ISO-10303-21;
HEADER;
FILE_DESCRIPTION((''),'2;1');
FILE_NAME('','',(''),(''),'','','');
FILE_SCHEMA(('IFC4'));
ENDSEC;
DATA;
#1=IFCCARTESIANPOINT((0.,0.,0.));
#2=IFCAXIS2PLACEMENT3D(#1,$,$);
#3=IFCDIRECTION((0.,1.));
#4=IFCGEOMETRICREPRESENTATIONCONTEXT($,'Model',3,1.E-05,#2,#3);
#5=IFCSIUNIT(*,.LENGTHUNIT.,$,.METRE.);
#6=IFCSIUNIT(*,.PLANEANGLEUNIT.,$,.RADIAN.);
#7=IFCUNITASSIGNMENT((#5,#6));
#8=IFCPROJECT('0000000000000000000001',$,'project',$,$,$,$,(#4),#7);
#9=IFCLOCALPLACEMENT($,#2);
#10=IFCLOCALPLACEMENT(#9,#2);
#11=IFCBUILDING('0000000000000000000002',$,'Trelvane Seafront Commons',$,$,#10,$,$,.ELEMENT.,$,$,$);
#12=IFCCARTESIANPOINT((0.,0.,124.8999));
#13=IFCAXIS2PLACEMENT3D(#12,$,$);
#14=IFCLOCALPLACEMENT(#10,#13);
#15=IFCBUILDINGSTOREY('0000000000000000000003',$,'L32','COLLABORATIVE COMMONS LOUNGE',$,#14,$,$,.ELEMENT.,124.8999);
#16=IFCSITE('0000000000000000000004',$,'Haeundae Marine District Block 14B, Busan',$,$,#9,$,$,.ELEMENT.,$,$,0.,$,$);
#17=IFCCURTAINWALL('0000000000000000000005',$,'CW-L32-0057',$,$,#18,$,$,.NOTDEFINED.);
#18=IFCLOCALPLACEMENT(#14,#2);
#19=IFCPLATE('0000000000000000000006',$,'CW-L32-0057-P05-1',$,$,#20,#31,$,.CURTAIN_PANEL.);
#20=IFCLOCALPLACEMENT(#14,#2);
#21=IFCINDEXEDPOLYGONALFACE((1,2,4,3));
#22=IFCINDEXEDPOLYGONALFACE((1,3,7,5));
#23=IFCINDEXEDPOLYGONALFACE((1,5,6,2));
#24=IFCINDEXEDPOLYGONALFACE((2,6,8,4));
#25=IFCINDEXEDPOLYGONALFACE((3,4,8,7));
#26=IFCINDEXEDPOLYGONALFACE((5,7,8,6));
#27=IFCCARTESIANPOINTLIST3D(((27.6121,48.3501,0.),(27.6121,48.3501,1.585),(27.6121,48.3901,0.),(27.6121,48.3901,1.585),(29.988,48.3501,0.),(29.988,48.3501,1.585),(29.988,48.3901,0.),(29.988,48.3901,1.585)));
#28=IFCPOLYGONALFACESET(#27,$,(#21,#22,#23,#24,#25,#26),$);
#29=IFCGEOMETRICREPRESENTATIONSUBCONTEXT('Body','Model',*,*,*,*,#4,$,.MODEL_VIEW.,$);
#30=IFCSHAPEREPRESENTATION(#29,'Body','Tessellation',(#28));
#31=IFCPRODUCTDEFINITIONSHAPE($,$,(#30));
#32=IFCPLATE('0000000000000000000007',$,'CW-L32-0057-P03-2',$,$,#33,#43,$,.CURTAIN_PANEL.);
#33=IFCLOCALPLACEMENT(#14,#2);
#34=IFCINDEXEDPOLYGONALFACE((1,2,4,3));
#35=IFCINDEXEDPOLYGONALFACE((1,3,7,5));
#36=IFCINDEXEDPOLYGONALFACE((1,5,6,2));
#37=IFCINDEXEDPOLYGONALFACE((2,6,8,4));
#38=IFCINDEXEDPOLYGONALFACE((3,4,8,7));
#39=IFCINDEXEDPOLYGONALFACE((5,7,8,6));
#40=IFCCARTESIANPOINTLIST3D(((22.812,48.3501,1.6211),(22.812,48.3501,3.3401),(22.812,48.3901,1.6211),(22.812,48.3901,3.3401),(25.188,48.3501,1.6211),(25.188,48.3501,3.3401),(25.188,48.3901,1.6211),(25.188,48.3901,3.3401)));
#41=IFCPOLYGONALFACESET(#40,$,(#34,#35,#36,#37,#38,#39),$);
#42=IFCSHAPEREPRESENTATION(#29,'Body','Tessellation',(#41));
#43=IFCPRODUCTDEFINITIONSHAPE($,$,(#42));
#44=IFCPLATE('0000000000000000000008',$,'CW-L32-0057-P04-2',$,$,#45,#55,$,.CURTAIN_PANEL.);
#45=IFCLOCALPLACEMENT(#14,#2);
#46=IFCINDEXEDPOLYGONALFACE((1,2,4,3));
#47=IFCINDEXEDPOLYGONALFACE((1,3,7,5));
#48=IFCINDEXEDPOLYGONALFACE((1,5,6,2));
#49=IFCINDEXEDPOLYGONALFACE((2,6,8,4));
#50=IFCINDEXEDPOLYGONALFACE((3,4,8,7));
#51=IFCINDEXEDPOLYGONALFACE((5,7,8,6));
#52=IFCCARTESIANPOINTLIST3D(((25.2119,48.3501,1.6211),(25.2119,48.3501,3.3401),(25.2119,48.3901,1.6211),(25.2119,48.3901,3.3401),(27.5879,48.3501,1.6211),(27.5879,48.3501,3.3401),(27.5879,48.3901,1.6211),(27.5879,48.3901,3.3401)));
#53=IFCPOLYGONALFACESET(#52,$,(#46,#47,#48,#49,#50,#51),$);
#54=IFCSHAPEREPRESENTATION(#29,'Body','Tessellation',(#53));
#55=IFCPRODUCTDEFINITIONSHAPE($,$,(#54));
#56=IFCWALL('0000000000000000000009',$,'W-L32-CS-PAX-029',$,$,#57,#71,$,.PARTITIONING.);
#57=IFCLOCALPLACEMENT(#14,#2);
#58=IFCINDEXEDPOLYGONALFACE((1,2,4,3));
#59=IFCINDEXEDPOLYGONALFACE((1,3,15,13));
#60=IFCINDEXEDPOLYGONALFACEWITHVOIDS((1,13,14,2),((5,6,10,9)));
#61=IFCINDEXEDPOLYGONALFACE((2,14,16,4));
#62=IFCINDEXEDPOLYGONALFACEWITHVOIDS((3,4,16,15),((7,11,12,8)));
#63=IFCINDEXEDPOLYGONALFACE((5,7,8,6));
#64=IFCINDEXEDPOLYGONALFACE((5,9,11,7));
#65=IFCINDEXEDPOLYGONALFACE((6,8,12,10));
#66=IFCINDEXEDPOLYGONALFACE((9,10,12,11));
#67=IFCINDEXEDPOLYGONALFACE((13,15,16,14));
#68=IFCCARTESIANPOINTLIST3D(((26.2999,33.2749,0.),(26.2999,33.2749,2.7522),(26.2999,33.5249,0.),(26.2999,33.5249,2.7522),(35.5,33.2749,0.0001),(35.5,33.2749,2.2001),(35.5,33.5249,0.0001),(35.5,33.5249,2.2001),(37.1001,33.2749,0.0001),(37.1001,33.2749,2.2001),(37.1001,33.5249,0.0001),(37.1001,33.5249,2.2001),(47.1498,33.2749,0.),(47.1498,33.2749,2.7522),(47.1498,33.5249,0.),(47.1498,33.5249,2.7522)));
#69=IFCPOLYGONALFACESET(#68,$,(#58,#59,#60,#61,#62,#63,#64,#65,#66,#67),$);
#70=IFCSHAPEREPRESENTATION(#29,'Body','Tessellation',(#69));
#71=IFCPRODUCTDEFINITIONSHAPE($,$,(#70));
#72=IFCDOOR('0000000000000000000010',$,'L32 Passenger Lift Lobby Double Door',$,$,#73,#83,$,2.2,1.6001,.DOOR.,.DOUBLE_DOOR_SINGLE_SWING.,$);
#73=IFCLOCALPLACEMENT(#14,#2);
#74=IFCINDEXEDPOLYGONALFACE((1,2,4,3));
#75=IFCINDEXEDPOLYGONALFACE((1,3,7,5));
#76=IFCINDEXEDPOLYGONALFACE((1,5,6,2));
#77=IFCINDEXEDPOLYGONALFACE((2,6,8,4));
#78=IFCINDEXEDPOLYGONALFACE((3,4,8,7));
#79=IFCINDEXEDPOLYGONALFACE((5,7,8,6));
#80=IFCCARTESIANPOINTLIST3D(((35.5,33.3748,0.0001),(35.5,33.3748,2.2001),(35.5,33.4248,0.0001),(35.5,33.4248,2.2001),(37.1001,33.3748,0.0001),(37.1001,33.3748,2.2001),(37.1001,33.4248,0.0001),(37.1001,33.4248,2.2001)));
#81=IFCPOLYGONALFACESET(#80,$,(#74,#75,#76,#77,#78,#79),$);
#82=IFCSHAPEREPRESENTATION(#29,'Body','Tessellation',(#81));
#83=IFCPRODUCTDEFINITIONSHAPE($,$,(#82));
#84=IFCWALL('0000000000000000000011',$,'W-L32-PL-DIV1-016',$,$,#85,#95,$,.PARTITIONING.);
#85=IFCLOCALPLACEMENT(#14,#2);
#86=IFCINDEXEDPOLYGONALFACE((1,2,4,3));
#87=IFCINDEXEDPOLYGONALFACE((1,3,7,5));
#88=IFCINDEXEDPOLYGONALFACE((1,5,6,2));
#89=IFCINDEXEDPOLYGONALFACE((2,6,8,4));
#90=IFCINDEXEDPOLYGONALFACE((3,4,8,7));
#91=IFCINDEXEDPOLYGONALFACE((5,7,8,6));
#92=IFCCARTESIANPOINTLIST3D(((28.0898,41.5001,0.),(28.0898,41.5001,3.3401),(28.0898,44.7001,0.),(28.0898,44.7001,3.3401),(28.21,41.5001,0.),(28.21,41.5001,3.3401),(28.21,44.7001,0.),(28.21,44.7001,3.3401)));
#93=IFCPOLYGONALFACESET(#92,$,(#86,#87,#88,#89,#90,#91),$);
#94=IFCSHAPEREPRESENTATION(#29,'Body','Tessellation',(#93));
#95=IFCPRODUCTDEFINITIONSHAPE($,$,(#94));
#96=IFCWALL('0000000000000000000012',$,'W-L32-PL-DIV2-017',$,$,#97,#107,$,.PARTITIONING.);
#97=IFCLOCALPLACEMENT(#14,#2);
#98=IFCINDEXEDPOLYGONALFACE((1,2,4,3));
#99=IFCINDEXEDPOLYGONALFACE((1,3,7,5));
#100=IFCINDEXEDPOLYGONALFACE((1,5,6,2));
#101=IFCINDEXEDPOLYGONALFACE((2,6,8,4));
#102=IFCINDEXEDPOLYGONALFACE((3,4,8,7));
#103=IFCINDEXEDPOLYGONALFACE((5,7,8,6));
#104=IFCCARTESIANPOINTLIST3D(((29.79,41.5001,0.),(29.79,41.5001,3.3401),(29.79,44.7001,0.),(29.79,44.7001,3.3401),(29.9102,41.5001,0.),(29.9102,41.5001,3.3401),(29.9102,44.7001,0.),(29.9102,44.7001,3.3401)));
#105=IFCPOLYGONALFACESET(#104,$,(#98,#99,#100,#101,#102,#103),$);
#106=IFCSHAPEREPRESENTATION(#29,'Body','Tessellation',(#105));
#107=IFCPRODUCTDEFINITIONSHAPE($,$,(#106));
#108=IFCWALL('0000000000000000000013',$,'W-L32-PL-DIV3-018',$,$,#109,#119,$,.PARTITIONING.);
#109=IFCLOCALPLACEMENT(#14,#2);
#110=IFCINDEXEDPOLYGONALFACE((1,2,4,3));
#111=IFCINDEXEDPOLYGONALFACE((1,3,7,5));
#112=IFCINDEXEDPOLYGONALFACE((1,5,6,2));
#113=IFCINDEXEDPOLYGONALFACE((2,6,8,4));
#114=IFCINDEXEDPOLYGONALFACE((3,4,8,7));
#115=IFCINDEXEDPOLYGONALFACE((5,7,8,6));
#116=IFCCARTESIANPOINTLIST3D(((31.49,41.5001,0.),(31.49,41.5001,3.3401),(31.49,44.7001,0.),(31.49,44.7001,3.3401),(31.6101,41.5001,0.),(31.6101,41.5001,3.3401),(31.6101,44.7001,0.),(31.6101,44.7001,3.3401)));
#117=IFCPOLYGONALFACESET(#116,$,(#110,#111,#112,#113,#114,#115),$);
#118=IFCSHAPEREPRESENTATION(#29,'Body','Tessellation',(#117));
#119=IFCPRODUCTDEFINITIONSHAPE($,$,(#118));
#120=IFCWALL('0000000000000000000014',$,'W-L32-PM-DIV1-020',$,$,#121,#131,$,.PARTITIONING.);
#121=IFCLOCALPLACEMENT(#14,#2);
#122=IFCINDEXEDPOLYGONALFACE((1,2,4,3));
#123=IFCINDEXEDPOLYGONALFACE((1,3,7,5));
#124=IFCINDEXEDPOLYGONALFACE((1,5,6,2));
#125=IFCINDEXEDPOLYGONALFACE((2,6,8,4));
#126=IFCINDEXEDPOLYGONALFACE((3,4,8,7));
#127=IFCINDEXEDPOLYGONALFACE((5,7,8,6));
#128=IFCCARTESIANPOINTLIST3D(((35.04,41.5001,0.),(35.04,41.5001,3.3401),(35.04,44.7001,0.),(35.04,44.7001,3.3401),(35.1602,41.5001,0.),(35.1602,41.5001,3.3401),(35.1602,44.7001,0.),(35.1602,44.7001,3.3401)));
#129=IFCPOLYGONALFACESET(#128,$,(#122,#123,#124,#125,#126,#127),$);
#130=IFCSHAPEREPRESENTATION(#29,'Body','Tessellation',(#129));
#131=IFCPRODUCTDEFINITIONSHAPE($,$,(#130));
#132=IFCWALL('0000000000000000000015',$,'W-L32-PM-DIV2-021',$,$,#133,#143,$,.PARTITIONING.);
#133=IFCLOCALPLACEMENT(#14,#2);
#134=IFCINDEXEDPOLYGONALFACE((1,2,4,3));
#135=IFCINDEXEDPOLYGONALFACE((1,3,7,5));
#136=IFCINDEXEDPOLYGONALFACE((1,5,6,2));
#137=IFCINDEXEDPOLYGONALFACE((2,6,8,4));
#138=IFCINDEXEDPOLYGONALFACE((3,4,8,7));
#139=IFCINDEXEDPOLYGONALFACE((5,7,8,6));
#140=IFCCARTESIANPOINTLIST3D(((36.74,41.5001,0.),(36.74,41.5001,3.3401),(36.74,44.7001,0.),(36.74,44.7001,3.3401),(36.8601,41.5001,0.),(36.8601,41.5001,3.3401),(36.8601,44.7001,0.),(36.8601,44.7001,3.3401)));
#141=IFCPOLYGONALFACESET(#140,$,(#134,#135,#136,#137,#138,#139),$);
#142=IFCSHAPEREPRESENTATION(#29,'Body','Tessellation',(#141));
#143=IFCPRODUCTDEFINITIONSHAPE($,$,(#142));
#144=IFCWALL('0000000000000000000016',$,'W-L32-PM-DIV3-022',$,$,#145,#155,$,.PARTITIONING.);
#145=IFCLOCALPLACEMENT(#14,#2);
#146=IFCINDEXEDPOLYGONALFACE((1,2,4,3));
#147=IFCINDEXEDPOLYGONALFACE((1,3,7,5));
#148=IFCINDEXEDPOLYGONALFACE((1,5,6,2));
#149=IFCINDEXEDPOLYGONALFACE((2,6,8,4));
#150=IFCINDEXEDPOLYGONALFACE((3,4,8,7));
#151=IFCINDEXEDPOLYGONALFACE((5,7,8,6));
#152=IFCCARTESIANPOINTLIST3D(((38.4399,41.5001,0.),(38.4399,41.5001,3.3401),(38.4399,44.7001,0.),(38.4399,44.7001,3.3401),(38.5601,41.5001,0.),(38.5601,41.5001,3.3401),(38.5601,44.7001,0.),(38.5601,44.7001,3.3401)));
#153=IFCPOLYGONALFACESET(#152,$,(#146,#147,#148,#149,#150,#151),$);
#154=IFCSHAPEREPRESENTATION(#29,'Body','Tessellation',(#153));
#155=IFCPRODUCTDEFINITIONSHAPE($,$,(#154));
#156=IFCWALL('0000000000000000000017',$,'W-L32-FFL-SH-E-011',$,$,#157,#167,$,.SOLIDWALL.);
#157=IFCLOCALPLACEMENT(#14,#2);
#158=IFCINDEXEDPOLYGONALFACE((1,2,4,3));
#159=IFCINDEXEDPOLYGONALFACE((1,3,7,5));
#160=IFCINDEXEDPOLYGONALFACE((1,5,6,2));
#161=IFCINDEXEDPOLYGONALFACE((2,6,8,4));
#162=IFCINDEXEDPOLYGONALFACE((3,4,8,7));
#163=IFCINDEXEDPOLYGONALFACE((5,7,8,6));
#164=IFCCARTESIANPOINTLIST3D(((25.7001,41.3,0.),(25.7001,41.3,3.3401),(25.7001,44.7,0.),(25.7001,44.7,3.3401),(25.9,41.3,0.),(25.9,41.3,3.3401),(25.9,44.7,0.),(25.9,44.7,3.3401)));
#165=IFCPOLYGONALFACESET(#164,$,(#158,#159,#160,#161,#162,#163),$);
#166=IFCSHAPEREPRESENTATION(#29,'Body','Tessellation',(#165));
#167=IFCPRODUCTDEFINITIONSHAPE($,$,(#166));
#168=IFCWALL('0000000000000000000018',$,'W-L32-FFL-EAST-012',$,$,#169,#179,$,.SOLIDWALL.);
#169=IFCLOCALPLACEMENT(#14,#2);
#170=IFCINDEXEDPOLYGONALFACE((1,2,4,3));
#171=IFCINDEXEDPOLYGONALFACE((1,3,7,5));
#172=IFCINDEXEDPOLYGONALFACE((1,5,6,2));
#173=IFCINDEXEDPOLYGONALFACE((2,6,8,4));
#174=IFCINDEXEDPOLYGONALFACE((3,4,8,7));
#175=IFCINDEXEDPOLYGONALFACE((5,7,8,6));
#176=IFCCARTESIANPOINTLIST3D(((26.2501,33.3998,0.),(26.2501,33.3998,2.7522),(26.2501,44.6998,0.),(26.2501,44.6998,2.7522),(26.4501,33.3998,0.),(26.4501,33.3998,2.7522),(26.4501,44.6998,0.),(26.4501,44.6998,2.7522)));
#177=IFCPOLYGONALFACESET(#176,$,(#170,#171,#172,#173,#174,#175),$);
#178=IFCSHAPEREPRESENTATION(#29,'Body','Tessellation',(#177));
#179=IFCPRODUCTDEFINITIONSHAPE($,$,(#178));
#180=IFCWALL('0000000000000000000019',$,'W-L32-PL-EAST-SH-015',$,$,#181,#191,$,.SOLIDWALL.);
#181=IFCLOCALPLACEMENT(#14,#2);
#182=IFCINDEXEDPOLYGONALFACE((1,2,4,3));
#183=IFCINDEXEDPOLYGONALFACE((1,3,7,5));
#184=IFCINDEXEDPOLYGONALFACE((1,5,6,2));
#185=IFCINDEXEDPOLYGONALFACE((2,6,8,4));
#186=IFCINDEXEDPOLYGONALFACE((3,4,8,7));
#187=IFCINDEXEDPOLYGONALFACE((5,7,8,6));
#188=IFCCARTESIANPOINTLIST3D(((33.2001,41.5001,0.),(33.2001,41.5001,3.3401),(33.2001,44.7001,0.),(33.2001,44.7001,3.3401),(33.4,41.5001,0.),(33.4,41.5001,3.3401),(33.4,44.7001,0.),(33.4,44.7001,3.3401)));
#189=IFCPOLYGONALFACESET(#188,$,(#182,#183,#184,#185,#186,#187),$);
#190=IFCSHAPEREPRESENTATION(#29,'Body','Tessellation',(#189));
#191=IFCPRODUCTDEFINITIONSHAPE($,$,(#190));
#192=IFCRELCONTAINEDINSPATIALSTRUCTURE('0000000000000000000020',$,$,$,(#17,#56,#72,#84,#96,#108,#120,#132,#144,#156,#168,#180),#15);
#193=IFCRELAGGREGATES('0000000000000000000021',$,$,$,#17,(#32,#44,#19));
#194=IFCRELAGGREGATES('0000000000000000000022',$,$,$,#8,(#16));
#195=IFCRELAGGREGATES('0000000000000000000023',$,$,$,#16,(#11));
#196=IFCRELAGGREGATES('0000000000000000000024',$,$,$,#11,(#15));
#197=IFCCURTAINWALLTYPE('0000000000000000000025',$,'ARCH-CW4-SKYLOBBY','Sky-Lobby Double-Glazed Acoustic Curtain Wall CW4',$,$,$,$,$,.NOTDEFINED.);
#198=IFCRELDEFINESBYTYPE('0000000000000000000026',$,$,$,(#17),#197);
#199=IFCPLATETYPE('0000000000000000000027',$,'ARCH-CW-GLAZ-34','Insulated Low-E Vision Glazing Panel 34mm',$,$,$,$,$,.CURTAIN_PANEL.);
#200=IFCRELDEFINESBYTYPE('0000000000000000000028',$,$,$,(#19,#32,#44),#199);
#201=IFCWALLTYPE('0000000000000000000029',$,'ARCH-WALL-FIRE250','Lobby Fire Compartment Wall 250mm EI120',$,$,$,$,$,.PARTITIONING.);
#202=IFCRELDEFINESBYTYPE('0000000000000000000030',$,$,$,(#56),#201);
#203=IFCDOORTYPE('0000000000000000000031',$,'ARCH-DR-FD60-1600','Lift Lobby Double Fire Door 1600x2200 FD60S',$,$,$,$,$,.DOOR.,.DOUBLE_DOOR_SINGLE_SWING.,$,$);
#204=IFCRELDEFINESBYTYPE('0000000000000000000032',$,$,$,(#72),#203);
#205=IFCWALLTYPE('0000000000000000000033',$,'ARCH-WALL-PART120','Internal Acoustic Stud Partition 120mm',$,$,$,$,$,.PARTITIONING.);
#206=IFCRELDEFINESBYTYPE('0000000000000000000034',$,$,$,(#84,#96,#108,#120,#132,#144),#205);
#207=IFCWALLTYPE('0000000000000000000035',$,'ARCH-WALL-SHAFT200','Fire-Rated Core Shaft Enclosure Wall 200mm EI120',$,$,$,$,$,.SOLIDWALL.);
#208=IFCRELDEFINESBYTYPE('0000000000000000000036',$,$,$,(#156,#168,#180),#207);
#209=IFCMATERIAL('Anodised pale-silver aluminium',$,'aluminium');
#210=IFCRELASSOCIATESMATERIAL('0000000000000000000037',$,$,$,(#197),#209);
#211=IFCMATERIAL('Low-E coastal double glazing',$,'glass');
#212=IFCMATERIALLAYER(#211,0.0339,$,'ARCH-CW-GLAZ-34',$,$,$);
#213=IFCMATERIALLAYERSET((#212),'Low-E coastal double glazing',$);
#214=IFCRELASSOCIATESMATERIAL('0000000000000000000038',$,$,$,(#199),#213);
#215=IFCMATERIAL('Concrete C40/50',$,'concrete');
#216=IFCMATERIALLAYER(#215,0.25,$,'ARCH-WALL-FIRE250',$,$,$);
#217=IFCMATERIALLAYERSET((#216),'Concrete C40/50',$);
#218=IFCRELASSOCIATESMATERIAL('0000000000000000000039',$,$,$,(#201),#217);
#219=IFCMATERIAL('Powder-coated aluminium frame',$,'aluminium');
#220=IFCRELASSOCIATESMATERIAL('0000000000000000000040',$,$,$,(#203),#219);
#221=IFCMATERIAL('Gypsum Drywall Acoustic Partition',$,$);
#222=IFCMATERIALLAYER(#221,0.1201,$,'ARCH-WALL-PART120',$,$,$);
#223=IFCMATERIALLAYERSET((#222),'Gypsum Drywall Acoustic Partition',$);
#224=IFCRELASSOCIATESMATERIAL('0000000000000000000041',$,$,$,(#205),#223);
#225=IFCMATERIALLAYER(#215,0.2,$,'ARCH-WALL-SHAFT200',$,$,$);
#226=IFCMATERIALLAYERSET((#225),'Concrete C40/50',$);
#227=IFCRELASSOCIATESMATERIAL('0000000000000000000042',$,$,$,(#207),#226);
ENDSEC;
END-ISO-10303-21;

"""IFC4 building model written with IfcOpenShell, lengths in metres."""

from ifc_helpers import new_model, si_unit, direction, frame, frame_2d, origin, origin_2d, place, context, subcontext, project, spatial, rectangle, extrude, source, transform, mapped, material, layer, layer_set, type_object, element, fill, aggregate, save


model = new_model("IFC4")

# Units and contexts
model_context = context("Model", 3, precision=1e-05, world=origin(), true_north=direction((0.0, 1.0)))
body_context = subcontext(model_context, "Body", "Model", "MODEL_VIEW")
ifc_project = project(units=[si_unit("LENGTHUNIT", "METRE"), si_unit("PLANEANGLEUNIT", "RADIAN")], contexts=[model_context])

# Site, building, storey
site_placement = place(None, origin())
site = spatial("IfcSite", under=ifc_project, at=site_placement, Name="Haeundae Marine District Block 14B, Busan", CompositionType="ELEMENT", RefElevation=0.0)
building_placement = place(site_placement, origin())
building = spatial("IfcBuilding", under=site, at=building_placement, Name="Trelvane Seafront Commons", CompositionType="ELEMENT")
storey_placement = place(building_placement, frame((0.0, 0.0, 124.8999)))
storey = spatial("IfcBuildingStorey", under=building, at=storey_placement, Name="L32", Description="COLLABORATIVE COMMONS LOUNGE", CompositionType="ELEMENT", Elevation=124.8999)

# Curtain wall, plates
ifc_material_1 = material(Name="Anodised pale-silver aluminium", Category="aluminium")
curtain_wall_type = type_object("IfcCurtainWallType", Name="ARCH-CW4-SKYLOBBY", Description="Sky-Lobby Double-Glazed Acoustic Curtain Wall CW4", PredefinedType="NOTDEFINED", material=ifc_material_1)
curtain_wall_placement = place(storey_placement, origin())
curtain_wall = element("IfcCurtainWall", 1, at=curtain_wall_placement, inside=storey, type_object=curtain_wall_type, Name="CW-L32-0057", PredefinedType="NOTDEFINED")
ifc_material_2 = material(Name="Low-E coastal double glazing", Category="glass")
ifc_layer_1 = layer(ifc_material_2, 0.0339, Name="ARCH-CW-GLAZ-34")
ifc_layer_set_1 = layer_set([ifc_layer_1], Name="Low-E coastal double glazing")
plate_type = type_object("IfcPlateType", Name="ARCH-CW-GLAZ-34", Description="Insulated Low-E Vision Glazing Panel 34mm", PredefinedType="CURTAIN_PANEL", material=ifc_layer_set_1)
shared_shape_1 = source(origin(), body_context, "Body", "SweptSolid", [
    extrude(rectangle(XDim=2.376, YDim=0.04, at=origin_2d()), origin(), (0.0, 0.0, 1.0), 1.585),
])
plate_1_placement = place(storey_placement, frame((28.8, 48.3701, 0.0), z_axis=(0.0, 0.0, 1.0), x_axis=(1.0, 0.0, 0.0)))
plate_1 = element("IfcPlate", 2, at=plate_1_placement, type_object=plate_type, Name="CW-L32-0057-P05-1", PredefinedType="CURTAIN_PANEL", context=body_context, shape_type="MappedRepresentation", body=[
    mapped(shared_shape_1, transform((0.0, 0.0, 0.0), x_axis=(1.0, 0.0, 0.0), y_axis=(0.0, 1.0, 0.0), z_axis=(0.0, 0.0, 1.0), scale=1.0)),
])
shared_shape_2 = source(origin(), body_context, "Body", "SweptSolid", [
    extrude(rectangle(XDim=2.376, YDim=0.04, at=origin_2d()), origin(), (0.0, 0.0, 1.0), 1.719),
])
plate_2_placement = place(storey_placement, frame((24.0, 48.3701, 1.6211), z_axis=(0.0, 0.0, 1.0), x_axis=(1.0, 0.0, 0.0)))
plate_2 = element("IfcPlate", 3, at=plate_2_placement, type_object=plate_type, Name="CW-L32-0057-P03-2", PredefinedType="CURTAIN_PANEL", context=body_context, shape_type="MappedRepresentation", body=[
    mapped(shared_shape_2, transform((0.0, 0.0, 0.0), x_axis=(1.0, 0.0, 0.0), y_axis=(0.0, 1.0, 0.0), z_axis=(0.0, 0.0, 1.0), scale=1.0)),
])
plate_3_placement = place(storey_placement, frame((26.3999, 48.3701, 1.6211), z_axis=(0.0, 0.0, 1.0), x_axis=(1.0, 0.0, 0.0)))
plate_3 = element("IfcPlate", 4, at=plate_3_placement, type_object=plate_type, Name="CW-L32-0057-P04-2", PredefinedType="CURTAIN_PANEL", context=body_context, shape_type="MappedRepresentation", body=[
    mapped(shared_shape_2, transform((0.0, 0.0, 0.0), x_axis=(1.0, 0.0, 0.0), y_axis=(0.0, 1.0, 0.0), z_axis=(0.0, 0.0, 1.0), scale=1.0)),
])
aggregate(curtain_wall, [plate_2, plate_3, plate_1])

# Wall, opening, door
ifc_material_3 = material(Name="Concrete C40/50", Category="concrete")
ifc_layer_2 = layer(ifc_material_3, 0.25, Name="ARCH-WALL-FIRE250")
ifc_layer_set_2 = layer_set([ifc_layer_2], Name="Concrete C40/50")
wall_type_1 = type_object("IfcWallType", Name="ARCH-WALL-FIRE250", Description="Lobby Fire Compartment Wall 250mm EI120", PredefinedType="PARTITIONING", material=ifc_layer_set_2)
wall_1_placement = place(storey_placement, frame((26.3, 33.3999, 0.0), z_axis=(0.0, 0.0, 1.0), x_axis=(1.0, 0.0, 0.0)))
wall_1 = element("IfcWall", 5, at=wall_1_placement, inside=storey, type_object=wall_type_1, Name="W-L32-CS-PAX-029", PredefinedType="PARTITIONING", context=body_context, shape_type="SweptSolid", body=[
    extrude(rectangle(XDim=20.8499, YDim=0.25, at=frame_2d((10.4248, 0.0))), origin(), (0.0, 0.0, 1.0), 2.7522),
])
opening_1_placement = place(wall_1_placement, frame((9.2, 0.0, 0.0)))
opening_1 = element("IfcOpeningElement", 6, at=opening_1_placement, cuts=wall_1, PredefinedType="OPENING", context=body_context, shape_type="SweptSolid", body=[
    extrude(rectangle(XDim=1.6001, YDim=2.2, at=frame_2d((0.8, 1.1001))), frame((0.0, 0.135, 0.0), z_axis=(0.0, -1.0, 0.0), x_axis=(1.0, 0.0, 0.0)), (0.0, 0.0, 1.0), 0.27),
])
ifc_material_4 = material(Name="Powder-coated aluminium frame", Category="aluminium")
door_type_1 = type_object("IfcDoorType", Name="ARCH-DR-FD60-1600", Description="Lift Lobby Double Fire Door 1600x2200 FD60S", OperationType="DOUBLE_DOOR_SINGLE_SWING", PredefinedType="DOOR", material=ifc_material_4)
shared_shape_3 = source(origin(), body_context, "Body", "SweptSolid", [
    extrude(rectangle(XDim=1.6001, YDim=2.2, at=frame_2d((0.8, 1.1001))), frame((0.0, 0.0249, 0.0), z_axis=(0.0, -1.0, 0.0), x_axis=(1.0, 0.0, 0.0)), (0.0, 0.0, 1.0), 0.05),
])
door_1_placement = place(opening_1_placement, origin())
door_1 = element("IfcDoor", 7, at=door_1_placement, inside=storey, type_object=door_type_1, Name="L32 Passenger Lift Lobby Double Door", OperationType="DOUBLE_DOOR_SINGLE_SWING", OverallHeight=2.2, OverallWidth=1.6001, PredefinedType="DOOR", context=body_context, shape_type="MappedRepresentation", body=[
    mapped(shared_shape_3, transform((0.0, 0.0, 0.0), x_axis=(1.0, 0.0, 0.0), y_axis=(0.0, 1.0, 0.0), z_axis=(0.0, 0.0, 1.0), scale=1.0)),
])
fill(opening_1, door_1)

# Walls
ifc_material_5 = material(Name="Gypsum Drywall Acoustic Partition")
ifc_layer_3 = layer(ifc_material_5, 0.1201, Name="ARCH-WALL-PART120")
ifc_layer_set_3 = layer_set([ifc_layer_3], Name="Gypsum Drywall Acoustic Partition")
wall_type_2 = type_object("IfcWallType", Name="ARCH-WALL-PART120", Description="Internal Acoustic Stud Partition 120mm", PredefinedType="PARTITIONING", material=ifc_layer_set_3)
for number, where, z_axis, x_axis, name in (
    (8, (28.1499, 41.5, 0.0), (0.0, 0.0, 1.0), (0.0, 1.0, 0.0), "W-L32-PL-DIV1-016"),
    (9, (29.8501, 41.5, 0.0), (0.0, 0.0, 1.0), (0.0, 1.0, 0.0), "W-L32-PL-DIV2-017"),
    (10, (31.55, 41.5, 0.0), (0.0, 0.0, 1.0), (0.0, 1.0, 0.0), "W-L32-PL-DIV3-018"),
    (11, (35.1001, 41.5, 0.0), (0.0, 0.0, 1.0), (0.0, 1.0, 0.0), "W-L32-PM-DIV1-020"),
    (12, (36.8, 41.5, 0.0), (0.0, 0.0, 1.0), (0.0, 1.0, 0.0), "W-L32-PM-DIV2-021"),
    (13, (38.5, 41.5, 0.0), (0.0, 0.0, 1.0), (0.0, 1.0, 0.0), "W-L32-PM-DIV3-022"),
):
    element("IfcWall", number, at=place(storey_placement, frame(where, z_axis=z_axis, x_axis=x_axis)), inside=storey, type_object=wall_type_2, Name=name, PredefinedType="PARTITIONING", context=body_context, shape_type="SweptSolid", body=[
        extrude(rectangle(XDim=3.2, YDim=0.1201, at=frame_2d((1.6001, 0.0))), origin(), (0.0, 0.0, 1.0), 3.3401),
    ])

# Walls
ifc_layer_4 = layer(ifc_material_3, 0.2, Name="ARCH-WALL-SHAFT200")
ifc_layer_set_4 = layer_set([ifc_layer_4], Name="Concrete C40/50")
wall_type_3 = type_object("IfcWallType", Name="ARCH-WALL-SHAFT200", Description="Fire-Rated Core Shaft Enclosure Wall 200mm EI120", PredefinedType="SOLIDWALL", material=ifc_layer_set_4)
wall_2_placement = place(storey_placement, frame((25.8, 41.3, 0.0), z_axis=(0.0, 0.0, 1.0), x_axis=(0.0, 1.0, 0.0)))
element("IfcWall", 14, at=wall_2_placement, inside=storey, type_object=wall_type_3, Name="W-L32-FFL-SH-E-011", PredefinedType="SOLIDWALL", context=body_context, shape_type="SweptSolid", body=[
    extrude(rectangle(XDim=3.3999, YDim=0.2, at=frame_2d((1.7, 0.0))), origin(), (0.0, 0.0, 1.0), 3.3401),
])
wall_3_placement = place(storey_placement, frame((26.3501, 33.3999, 0.0), z_axis=(0.0, 0.0, 1.0), x_axis=(0.0, 1.0, 0.0)))
element("IfcWall", 15, at=wall_3_placement, inside=storey, type_object=wall_type_3, Name="W-L32-FFL-EAST-012", PredefinedType="SOLIDWALL", context=body_context, shape_type="SweptSolid", body=[
    extrude(rectangle(XDim=11.3, YDim=0.2, at=frame_2d((5.6499, 0.0))), origin(), (0.0, 0.0, 1.0), 2.7522),
])

# Wall
wall_4_placement = place(storey_placement, frame((33.3, 41.5, 0.0), z_axis=(0.0, 0.0, 1.0), x_axis=(0.0, 1.0, 0.0)))
element("IfcWall", 16, at=wall_4_placement, inside=storey, type_object=wall_type_3, Name="W-L32-PL-EAST-SH-015", PredefinedType="SOLIDWALL", context=body_context, shape_type="SweptSolid", body=[
    extrude(rectangle(XDim=3.2, YDim=0.2, at=frame_2d((1.6001, 0.0))), origin(), (0.0, 0.0, 1.0), 3.3401),
])

save(model, "model.ifc")
